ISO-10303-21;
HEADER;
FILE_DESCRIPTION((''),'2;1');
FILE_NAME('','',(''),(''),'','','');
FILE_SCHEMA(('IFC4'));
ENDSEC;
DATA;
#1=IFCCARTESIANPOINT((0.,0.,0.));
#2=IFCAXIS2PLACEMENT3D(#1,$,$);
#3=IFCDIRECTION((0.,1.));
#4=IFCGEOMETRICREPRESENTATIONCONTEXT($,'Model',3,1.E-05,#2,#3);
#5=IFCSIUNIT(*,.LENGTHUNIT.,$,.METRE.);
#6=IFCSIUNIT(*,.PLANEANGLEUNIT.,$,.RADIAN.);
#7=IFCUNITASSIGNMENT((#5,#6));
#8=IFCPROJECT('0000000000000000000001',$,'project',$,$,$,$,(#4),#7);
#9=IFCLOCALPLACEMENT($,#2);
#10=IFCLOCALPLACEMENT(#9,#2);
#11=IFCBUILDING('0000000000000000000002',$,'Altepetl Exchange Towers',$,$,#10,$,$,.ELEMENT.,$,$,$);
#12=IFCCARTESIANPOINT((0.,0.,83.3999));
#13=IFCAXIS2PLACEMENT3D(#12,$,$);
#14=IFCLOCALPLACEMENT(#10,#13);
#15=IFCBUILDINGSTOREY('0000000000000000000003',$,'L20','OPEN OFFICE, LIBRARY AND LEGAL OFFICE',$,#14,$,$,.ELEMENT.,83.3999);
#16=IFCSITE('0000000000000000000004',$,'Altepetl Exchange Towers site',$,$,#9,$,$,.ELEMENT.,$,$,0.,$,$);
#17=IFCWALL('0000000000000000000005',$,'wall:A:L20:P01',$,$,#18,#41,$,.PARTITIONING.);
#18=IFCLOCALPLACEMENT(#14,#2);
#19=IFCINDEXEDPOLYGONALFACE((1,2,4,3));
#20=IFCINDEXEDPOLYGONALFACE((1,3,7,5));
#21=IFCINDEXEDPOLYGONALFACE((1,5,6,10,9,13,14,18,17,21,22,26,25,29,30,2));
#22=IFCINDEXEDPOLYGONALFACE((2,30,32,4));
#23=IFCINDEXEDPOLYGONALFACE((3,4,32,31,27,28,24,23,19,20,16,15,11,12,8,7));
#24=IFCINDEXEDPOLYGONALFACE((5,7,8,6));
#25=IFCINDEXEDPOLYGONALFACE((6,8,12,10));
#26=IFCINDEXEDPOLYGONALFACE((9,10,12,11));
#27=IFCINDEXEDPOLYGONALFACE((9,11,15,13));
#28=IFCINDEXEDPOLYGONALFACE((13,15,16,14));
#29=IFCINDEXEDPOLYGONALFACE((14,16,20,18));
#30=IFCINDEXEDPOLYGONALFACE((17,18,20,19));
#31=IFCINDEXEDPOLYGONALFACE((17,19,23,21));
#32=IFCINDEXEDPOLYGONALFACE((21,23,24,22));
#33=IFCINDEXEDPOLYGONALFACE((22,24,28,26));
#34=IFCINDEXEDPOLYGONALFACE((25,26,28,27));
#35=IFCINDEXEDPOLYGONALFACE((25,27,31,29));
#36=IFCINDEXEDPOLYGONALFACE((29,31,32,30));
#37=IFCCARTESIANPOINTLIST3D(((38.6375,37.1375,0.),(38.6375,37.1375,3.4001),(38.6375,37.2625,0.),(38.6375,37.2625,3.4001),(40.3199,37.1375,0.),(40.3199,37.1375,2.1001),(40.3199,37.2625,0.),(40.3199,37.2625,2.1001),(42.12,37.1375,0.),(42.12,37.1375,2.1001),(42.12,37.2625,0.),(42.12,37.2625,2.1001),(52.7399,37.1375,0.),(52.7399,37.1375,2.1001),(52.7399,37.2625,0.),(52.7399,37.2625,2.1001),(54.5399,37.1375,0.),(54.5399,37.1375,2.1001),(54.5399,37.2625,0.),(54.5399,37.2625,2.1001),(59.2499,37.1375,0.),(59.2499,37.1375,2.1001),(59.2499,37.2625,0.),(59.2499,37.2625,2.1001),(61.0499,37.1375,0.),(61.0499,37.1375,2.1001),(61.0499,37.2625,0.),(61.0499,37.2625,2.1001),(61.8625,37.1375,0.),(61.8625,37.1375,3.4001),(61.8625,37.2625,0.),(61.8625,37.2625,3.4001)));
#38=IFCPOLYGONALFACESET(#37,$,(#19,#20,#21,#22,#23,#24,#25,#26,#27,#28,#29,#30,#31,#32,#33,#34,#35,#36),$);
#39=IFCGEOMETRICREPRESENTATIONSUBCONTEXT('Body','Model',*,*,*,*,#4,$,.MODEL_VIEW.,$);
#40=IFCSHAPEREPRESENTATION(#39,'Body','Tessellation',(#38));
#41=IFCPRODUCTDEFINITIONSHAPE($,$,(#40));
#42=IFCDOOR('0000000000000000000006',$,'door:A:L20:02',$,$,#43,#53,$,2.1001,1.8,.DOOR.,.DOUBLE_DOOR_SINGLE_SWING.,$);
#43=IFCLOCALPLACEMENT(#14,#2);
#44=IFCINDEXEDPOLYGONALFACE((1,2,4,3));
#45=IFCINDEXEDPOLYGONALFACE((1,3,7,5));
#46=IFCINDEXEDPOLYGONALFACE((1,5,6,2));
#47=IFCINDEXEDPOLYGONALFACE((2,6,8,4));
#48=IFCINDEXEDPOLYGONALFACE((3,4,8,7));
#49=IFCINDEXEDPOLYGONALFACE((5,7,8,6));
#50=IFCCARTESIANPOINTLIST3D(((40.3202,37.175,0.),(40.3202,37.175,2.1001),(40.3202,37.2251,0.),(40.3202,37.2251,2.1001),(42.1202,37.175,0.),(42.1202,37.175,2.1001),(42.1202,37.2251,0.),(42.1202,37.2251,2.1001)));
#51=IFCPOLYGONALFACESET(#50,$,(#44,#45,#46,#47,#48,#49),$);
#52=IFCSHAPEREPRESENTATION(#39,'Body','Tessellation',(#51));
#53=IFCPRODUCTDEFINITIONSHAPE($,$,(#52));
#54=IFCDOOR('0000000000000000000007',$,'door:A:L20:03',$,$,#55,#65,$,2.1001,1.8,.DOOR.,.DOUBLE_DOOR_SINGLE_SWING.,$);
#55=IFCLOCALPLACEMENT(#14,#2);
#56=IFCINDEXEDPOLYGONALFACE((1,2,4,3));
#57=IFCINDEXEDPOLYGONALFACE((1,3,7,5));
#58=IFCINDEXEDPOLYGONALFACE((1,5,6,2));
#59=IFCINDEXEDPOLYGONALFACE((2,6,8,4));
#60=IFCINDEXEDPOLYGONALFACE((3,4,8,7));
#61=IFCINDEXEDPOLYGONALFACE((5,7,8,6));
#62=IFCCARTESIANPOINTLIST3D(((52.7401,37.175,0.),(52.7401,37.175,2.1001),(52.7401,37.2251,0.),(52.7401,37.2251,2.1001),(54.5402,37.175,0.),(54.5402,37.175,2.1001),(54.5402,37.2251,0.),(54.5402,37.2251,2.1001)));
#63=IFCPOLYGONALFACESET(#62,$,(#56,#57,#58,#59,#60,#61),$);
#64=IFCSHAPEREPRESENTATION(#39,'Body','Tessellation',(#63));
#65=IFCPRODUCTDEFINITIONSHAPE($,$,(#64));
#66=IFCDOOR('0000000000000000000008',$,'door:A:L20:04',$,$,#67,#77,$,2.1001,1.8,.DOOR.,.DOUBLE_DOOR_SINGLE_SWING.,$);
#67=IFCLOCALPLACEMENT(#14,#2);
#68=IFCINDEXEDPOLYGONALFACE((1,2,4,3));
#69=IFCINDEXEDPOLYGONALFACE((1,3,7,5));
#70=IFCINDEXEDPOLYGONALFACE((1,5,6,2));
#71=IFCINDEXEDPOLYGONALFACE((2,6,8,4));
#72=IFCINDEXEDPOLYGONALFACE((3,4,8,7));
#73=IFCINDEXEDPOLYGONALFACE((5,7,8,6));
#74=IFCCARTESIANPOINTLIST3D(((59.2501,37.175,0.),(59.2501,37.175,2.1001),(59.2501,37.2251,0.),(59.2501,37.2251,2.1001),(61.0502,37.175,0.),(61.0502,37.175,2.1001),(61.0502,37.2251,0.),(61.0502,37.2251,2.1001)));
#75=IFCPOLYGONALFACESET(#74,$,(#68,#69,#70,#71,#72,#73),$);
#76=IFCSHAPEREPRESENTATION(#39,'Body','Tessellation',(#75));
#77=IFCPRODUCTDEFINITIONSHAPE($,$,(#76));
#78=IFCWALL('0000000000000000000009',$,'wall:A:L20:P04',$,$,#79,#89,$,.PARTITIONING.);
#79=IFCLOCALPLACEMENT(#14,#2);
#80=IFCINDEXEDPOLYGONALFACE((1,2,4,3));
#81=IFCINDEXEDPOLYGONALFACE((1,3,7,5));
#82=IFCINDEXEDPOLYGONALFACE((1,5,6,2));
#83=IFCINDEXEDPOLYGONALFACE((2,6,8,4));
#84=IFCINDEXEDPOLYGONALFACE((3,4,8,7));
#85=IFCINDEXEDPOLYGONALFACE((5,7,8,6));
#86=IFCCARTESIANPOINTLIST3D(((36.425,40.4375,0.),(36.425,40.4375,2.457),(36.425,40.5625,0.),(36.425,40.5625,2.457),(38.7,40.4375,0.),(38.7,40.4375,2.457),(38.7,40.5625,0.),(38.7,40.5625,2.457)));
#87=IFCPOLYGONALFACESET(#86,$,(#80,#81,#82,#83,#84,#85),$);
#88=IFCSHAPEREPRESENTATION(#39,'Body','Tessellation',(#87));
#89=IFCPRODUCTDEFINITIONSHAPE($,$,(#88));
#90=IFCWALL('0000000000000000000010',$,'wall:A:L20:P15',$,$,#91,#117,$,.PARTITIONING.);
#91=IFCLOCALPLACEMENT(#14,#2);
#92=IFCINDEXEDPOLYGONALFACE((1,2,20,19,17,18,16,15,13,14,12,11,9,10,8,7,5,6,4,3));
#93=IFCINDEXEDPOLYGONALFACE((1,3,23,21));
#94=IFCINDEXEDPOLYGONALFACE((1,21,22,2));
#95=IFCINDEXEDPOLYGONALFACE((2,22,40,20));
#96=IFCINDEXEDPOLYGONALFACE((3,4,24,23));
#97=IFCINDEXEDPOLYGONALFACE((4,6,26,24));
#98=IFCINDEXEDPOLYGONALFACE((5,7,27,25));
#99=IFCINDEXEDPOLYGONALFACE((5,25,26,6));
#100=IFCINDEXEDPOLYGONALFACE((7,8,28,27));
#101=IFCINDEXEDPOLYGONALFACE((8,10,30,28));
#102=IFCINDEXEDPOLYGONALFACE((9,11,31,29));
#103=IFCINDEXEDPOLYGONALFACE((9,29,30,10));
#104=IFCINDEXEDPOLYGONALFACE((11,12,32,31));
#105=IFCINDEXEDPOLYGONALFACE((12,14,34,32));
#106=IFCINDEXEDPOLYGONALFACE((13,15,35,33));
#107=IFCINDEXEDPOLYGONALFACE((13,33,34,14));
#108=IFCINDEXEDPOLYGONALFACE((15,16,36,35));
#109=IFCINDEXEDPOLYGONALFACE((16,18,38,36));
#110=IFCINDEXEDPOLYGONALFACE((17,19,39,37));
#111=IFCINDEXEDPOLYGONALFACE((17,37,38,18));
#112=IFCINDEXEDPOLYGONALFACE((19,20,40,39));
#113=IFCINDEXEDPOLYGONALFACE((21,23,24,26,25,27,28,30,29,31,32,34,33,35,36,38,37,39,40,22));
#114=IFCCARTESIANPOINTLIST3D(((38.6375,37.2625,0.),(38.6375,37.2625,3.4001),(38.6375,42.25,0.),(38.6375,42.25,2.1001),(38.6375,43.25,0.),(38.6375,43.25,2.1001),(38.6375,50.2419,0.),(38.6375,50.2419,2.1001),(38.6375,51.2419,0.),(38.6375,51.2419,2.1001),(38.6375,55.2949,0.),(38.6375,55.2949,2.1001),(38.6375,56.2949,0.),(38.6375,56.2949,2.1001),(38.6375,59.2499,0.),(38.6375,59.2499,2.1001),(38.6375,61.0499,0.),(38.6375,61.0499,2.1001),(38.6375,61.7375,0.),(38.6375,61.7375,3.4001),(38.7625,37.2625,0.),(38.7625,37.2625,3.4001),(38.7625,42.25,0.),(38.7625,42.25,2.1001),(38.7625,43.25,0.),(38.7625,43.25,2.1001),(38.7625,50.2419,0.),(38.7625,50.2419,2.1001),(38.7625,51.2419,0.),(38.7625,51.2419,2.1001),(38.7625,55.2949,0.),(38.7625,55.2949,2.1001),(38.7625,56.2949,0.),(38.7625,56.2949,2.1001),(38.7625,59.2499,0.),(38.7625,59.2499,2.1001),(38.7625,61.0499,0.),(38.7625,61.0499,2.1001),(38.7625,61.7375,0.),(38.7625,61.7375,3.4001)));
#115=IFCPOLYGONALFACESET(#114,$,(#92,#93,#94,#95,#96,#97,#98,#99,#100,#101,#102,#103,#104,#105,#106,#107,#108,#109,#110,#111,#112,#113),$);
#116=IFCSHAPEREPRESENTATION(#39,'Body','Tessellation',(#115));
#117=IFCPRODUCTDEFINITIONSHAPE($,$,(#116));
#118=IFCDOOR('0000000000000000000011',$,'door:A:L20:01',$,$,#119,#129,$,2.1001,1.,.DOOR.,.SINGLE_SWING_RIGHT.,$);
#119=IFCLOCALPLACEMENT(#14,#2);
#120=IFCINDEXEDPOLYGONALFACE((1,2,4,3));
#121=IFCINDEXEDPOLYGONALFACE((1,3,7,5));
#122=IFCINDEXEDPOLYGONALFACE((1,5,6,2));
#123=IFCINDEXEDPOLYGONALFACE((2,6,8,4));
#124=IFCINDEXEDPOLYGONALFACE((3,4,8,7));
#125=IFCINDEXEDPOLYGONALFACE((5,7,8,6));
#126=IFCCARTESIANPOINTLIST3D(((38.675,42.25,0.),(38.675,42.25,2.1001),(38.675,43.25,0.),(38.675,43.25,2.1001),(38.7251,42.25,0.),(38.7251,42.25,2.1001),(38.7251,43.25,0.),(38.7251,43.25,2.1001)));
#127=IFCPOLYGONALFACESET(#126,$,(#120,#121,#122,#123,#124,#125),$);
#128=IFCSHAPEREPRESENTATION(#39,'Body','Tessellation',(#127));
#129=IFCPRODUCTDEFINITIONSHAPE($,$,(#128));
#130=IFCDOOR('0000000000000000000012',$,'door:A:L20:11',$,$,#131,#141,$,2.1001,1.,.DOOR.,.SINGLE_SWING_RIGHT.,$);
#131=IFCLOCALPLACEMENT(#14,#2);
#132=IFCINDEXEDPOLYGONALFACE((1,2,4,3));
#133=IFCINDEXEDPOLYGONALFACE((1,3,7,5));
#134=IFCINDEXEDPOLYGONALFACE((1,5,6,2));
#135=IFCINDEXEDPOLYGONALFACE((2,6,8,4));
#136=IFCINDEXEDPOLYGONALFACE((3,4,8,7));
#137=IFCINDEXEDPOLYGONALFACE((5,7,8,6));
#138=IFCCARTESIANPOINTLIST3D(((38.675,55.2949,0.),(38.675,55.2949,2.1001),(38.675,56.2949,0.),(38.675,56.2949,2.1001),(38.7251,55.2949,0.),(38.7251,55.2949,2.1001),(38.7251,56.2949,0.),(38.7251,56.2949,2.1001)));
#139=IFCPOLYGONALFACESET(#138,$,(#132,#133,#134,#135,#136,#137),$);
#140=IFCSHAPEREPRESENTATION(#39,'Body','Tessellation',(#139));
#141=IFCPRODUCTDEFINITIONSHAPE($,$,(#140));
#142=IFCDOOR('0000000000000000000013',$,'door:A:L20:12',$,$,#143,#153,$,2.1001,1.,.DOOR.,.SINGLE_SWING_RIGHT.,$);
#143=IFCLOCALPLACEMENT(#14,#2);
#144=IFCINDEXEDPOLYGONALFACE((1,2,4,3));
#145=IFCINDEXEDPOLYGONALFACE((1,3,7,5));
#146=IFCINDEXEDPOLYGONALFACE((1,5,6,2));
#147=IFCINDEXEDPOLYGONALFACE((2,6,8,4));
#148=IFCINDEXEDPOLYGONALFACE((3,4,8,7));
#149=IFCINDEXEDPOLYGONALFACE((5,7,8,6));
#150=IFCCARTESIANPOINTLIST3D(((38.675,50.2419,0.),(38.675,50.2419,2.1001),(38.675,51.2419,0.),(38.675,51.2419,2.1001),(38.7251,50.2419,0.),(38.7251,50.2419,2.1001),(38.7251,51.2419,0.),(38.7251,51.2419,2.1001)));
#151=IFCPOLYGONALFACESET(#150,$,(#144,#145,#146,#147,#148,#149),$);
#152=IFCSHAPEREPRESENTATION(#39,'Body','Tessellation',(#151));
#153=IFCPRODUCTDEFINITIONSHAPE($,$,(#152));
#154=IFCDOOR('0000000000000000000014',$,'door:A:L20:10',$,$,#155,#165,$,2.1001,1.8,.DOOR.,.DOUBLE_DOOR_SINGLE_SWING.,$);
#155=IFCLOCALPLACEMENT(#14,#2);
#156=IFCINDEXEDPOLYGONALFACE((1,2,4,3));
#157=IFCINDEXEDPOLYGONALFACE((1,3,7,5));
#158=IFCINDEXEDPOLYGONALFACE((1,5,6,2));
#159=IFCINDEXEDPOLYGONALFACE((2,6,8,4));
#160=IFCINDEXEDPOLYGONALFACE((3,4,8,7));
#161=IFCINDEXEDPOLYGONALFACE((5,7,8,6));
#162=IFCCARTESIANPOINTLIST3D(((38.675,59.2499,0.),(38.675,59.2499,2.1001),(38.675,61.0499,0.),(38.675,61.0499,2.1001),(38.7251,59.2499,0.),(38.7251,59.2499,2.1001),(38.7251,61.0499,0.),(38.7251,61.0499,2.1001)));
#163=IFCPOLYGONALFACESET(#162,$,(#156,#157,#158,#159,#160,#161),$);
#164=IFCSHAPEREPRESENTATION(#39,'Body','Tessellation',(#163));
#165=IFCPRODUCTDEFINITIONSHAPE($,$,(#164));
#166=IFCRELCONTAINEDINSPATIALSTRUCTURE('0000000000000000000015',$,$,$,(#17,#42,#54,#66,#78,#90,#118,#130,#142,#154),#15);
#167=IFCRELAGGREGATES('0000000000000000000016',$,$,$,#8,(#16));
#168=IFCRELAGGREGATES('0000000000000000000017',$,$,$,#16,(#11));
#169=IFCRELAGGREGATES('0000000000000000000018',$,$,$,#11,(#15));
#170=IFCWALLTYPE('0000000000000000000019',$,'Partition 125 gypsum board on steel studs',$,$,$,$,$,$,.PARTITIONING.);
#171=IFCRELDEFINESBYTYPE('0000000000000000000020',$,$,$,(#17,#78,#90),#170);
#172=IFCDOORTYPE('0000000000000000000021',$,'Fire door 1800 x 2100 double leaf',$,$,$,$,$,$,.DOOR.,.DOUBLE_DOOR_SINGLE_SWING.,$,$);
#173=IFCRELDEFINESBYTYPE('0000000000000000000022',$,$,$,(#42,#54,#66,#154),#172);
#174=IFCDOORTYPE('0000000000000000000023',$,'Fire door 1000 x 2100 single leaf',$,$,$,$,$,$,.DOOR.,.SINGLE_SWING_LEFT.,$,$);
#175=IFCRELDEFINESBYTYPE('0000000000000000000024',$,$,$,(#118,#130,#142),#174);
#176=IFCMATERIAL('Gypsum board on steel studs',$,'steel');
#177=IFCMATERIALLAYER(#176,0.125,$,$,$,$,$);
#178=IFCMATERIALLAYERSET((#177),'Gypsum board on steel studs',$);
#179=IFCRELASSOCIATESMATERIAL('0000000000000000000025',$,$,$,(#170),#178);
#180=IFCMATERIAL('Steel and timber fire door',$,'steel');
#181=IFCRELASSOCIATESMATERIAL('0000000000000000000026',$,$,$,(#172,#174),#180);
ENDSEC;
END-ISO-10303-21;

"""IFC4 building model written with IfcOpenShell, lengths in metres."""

from ifc_helpers import new_model, si_unit, direction, frame, frame_2d, origin, place, context, subcontext, project, spatial, rectangle, extrude, material, layer, layer_set, type_object, element, fill, save


model = new_model("IFC4")

# Units and contexts
model_context = context("Model", 3, precision=1e-05, world=origin(), true_north=direction((0.0, 1.0)))
body_context = subcontext(model_context, "Body", "Model", "MODEL_VIEW")
ifc_project = project(units=[si_unit("LENGTHUNIT", "METRE"), si_unit("PLANEANGLEUNIT", "RADIAN")], contexts=[model_context])

# Site, building, storey
site_placement = place(None, origin())
site = spatial("IfcSite", under=ifc_project, at=site_placement, Name="Altepetl Exchange Towers site", CompositionType="ELEMENT", RefElevation=0.0)
building_placement = place(site_placement, origin())
building = spatial("IfcBuilding", under=site, at=building_placement, Name="Altepetl Exchange Towers", CompositionType="ELEMENT")
storey_placement = place(building_placement, frame((0.0, 0.0, 83.3999)))
storey = spatial("IfcBuildingStorey", under=building, at=storey_placement, Name="L20", Description="OPEN OFFICE, LIBRARY AND LEGAL OFFICE", CompositionType="ELEMENT", Elevation=83.3999)

# Wall, openings, doors
ifc_material_1 = material(Name="Steel and timber fire door", Category="steel")
ifc_material_2 = material(Name="Gypsum board on steel studs", Category="steel")
ifc_layer_1 = layer(ifc_material_2, 0.125)
ifc_layer_set_1 = layer_set([ifc_layer_1], Name="Gypsum board on steel studs")
wall_type_1 = type_object("IfcWallType", Name="Partition 125 gypsum board on steel studs", PredefinedType="PARTITIONING", material=ifc_layer_set_1)
wall_1_placement = place(storey_placement, frame((38.6375, 37.2, 0.0)))
wall_1 = element("IfcWall", 1, at=wall_1_placement, inside=storey, type_object=wall_type_1, Name="wall:A:L20:P01", PredefinedType="PARTITIONING", context=body_context, shape_type="SweptSolid", body=[
    extrude(rectangle(XDim=23.2251, YDim=0.125, at=frame_2d((11.6125, 0.0))), origin(), (0.0, 0.0, 1.0), 3.4001),
])
opening_1_placement = place(wall_1_placement, frame((1.6826, 0.0, 0.0)))
opening_1 = element("IfcOpeningElement", 2, at=opening_1_placement, cuts=wall_1, PredefinedType="OPENING", context=body_context, shape_type="SweptSolid", body=[
    extrude(rectangle(XDim=1.8, YDim=2.1001, at=frame_2d((0.8999, 1.05))), frame((0.0, 0.0725, 0.0), z_axis=(0.0, -1.0, 0.0), x_axis=(1.0, 0.0, 0.0)), (0.0, 0.0, 1.0), 0.145),
])
opening_2_placement = place(wall_1_placement, frame((14.1025, 0.0, 0.0)))
opening_2 = element("IfcOpeningElement", 3, at=opening_2_placement, cuts=wall_1, PredefinedType="OPENING", context=body_context, shape_type="SweptSolid", body=[
    extrude(rectangle(XDim=1.8, YDim=2.1001, at=frame_2d((0.8999, 1.05))), frame((0.0, 0.0725, 0.0), z_axis=(0.0, -1.0, 0.0), x_axis=(1.0, 0.0, 0.0)), (0.0, 0.0, 1.0), 0.145),
])
opening_3_placement = place(wall_1_placement, frame((20.6125, 0.0, 0.0)))
opening_3 = element("IfcOpeningElement", 4, at=opening_3_placement, cuts=wall_1, PredefinedType="OPENING", context=body_context, shape_type="SweptSolid", body=[
    extrude(rectangle(XDim=1.8, YDim=2.1001, at=frame_2d((0.8999, 1.05))), frame((0.0, 0.0725, 0.0), z_axis=(0.0, -1.0, 0.0), x_axis=(1.0, 0.0, 0.0)), (0.0, 0.0, 1.0), 0.145),
])
door_type_1 = type_object("IfcDoorType", Name="Fire door 1800 x 2100 double leaf", OperationType="DOUBLE_DOOR_SINGLE_SWING", PredefinedType="DOOR", material=ifc_material_1)
door_1_placement = place(opening_1_placement, frame((1.8, 0.0, 0.0), x_axis=(-1.0, 0.0, 0.0)))
door_1 = element("IfcDoor", 5, at=door_1_placement, inside=storey, type_object=door_type_1, Name="door:A:L20:02", OperationType="DOUBLE_DOOR_SINGLE_SWING", OverallHeight=2.1001, OverallWidth=1.8, PredefinedType="DOOR", context=body_context, shape_type="SweptSolid", body=[
    extrude(rectangle(XDim=1.8, YDim=2.1001, at=frame_2d((0.8999, 1.05))), frame((0.0, 0.0249, 0.0), z_axis=(0.0, -1.0, 0.0), x_axis=(1.0, 0.0, 0.0)), (0.0, 0.0, 1.0), 0.05),
])
fill(opening_1, door_1)
door_2_placement = place(opening_2_placement, frame((1.8, 0.0, 0.0), x_axis=(-1.0, 0.0, 0.0)))
door_2 = element("IfcDoor", 6, at=door_2_placement, inside=storey, type_object=door_type_1, Name="door:A:L20:03", OperationType="DOUBLE_DOOR_SINGLE_SWING", OverallHeight=2.1001, OverallWidth=1.8, PredefinedType="DOOR", context=body_context, shape_type="SweptSolid", body=[
    extrude(rectangle(XDim=1.8, YDim=2.1001, at=frame_2d((0.8999, 1.05))), frame((0.0, 0.0249, 0.0), z_axis=(0.0, -1.0, 0.0), x_axis=(1.0, 0.0, 0.0)), (0.0, 0.0, 1.0), 0.05),
])
fill(opening_2, door_2)
door_3_placement = place(opening_3_placement, frame((1.8, 0.0, 0.0), x_axis=(-1.0, 0.0, 0.0)))
door_3 = element("IfcDoor", 7, at=door_3_placement, inside=storey, type_object=door_type_1, Name="door:A:L20:04", OperationType="DOUBLE_DOOR_SINGLE_SWING", OverallHeight=2.1001, OverallWidth=1.8, PredefinedType="DOOR", context=body_context, shape_type="SweptSolid", body=[
    extrude(rectangle(XDim=1.8, YDim=2.1001, at=frame_2d((0.8999, 1.05))), frame((0.0, 0.0249, 0.0), z_axis=(0.0, -1.0, 0.0), x_axis=(1.0, 0.0, 0.0)), (0.0, 0.0, 1.0), 0.05),
])
fill(opening_3, door_3)

# Wall
wall_2_placement = place(storey_placement, frame((36.425, 40.5, 0.0)))
element("IfcWall", 8, at=wall_2_placement, inside=storey, type_object=wall_type_1, Name="wall:A:L20:P04", PredefinedType="PARTITIONING", context=body_context, shape_type="SweptSolid", body=[
    extrude(rectangle(XDim=2.2749, YDim=0.125, at=frame_2d((1.1375, 0.0))), origin(), (0.0, 0.0, 1.0), 2.457),
])

# Wall, openings, doors
wall_3_placement = place(storey_placement, frame((38.7, 37.2625, 0.0), z_axis=(0.0, 0.0, 1.0), x_axis=(0.0, 1.0, 0.0)))
wall_3 = element("IfcWall", 9, at=wall_3_placement, inside=storey, type_object=wall_type_1, Name="wall:A:L20:P15", PredefinedType="PARTITIONING", context=body_context, shape_type="SweptSolid", body=[
    extrude(rectangle(XDim=24.4751, YDim=0.125, at=frame_2d((12.2375, 0.0))), origin(), (0.0, 0.0, 1.0), 3.4001),
])
opening_4_placement = place(wall_3_placement, frame((4.9875, 0.0, 0.0)))
opening_4 = element("IfcOpeningElement", 10, at=opening_4_placement, cuts=wall_3, PredefinedType="OPENING", context=body_context, shape_type="SweptSolid", body=[
    extrude(rectangle(XDim=1.0, YDim=2.1001, at=frame_2d((0.5, 1.05))), frame((0.0, 0.0725, 0.0), z_axis=(0.0, -1.0, 0.0), x_axis=(1.0, 0.0, 0.0)), (0.0, 0.0, 1.0), 0.145),
])
opening_5_placement = place(wall_3_placement, frame((21.9875, 0.0, 0.0)))
opening_5 = element("IfcOpeningElement", 11, at=opening_5_placement, cuts=wall_3, PredefinedType="OPENING", context=body_context, shape_type="SweptSolid", body=[
    extrude(rectangle(XDim=1.8, YDim=2.1001, at=frame_2d((0.8999, 1.05))), frame((0.0, 0.0725, 0.0), z_axis=(0.0, -1.0, 0.0), x_axis=(1.0, 0.0, 0.0)), (0.0, 0.0, 1.0), 0.145),
])
opening_6_placement = place(wall_3_placement, frame((18.0325, 0.0, 0.0)))
opening_6 = element("IfcOpeningElement", 12, at=opening_6_placement, cuts=wall_3, PredefinedType="OPENING", context=body_context, shape_type="SweptSolid", body=[
    extrude(rectangle(XDim=1.0, YDim=2.1001, at=frame_2d((0.5, 1.05))), frame((0.0, 0.0725, 0.0), z_axis=(0.0, -1.0, 0.0), x_axis=(1.0, 0.0, 0.0)), (0.0, 0.0, 1.0), 0.145),
])
opening_7_placement = place(wall_3_placement, frame((12.9795, 0.0, 0.0)))
opening_7 = element("IfcOpeningElement", 13, at=opening_7_placement, cuts=wall_3, PredefinedType="OPENING", context=body_context, shape_type="SweptSolid", body=[
    extrude(rectangle(XDim=1.0, YDim=2.1001, at=frame_2d((0.5, 1.05))), frame((0.0, 0.0725, 0.0), z_axis=(0.0, -1.0, 0.0), x_axis=(1.0, 0.0, 0.0)), (0.0, 0.0, 1.0), 0.145),
])
door_type_2 = type_object("IfcDoorType", Name="Fire door 1000 x 2100 single leaf", OperationType="SINGLE_SWING_LEFT", PredefinedType="DOOR", material=ifc_material_1)
door_4_placement = place(opening_4_placement, origin())
door_4 = element("IfcDoor", 14, at=door_4_placement, inside=storey, type_object=door_type_2, Name="door:A:L20:01", OperationType="SINGLE_SWING_RIGHT", OverallHeight=2.1001, OverallWidth=1.0, PredefinedType="DOOR", context=body_context, shape_type="SweptSolid", body=[
    extrude(rectangle(XDim=1.0, YDim=2.1001, at=frame_2d((0.5, 1.05))), frame((0.0, 0.0249, 0.0), z_axis=(0.0, -1.0, 0.0), x_axis=(1.0, 0.0, 0.0)), (0.0, 0.0, 1.0), 0.05),
])
fill(opening_4, door_4)
door_5_placement = place(opening_6_placement, origin())
door_5 = element("IfcDoor", 15, at=door_5_placement, inside=storey, type_object=door_type_2, Name="door:A:L20:11", OperationType="SINGLE_SWING_RIGHT", OverallHeight=2.1001, OverallWidth=1.0, PredefinedType="DOOR", context=body_context, shape_type="SweptSolid", body=[
    extrude(rectangle(XDim=1.0, YDim=2.1001, at=frame_2d((0.5, 1.05))), frame((0.0, 0.0249, 0.0), z_axis=(0.0, -1.0, 0.0), x_axis=(1.0, 0.0, 0.0)), (0.0, 0.0, 1.0), 0.05),
])
fill(opening_6, door_5)
door_6_placement = place(opening_7_placement, origin())
door_6 = element("IfcDoor", 16, at=door_6_placement, inside=storey, type_object=door_type_2, Name="door:A:L20:12", OperationType="SINGLE_SWING_RIGHT", OverallHeight=2.1001, OverallWidth=1.0, PredefinedType="DOOR", context=body_context, shape_type="SweptSolid", body=[
    extrude(rectangle(XDim=1.0, YDim=2.1001, at=frame_2d((0.5, 1.05))), frame((0.0, 0.0249, 0.0), z_axis=(0.0, -1.0, 0.0), x_axis=(1.0, 0.0, 0.0)), (0.0, 0.0, 1.0), 0.05),
])
fill(opening_7, door_6)
door_7_placement = place(opening_5_placement, origin())
door_7 = element("IfcDoor", 17, at=door_7_placement, inside=storey, type_object=door_type_1, Name="door:A:L20:10", OperationType="DOUBLE_DOOR_SINGLE_SWING", OverallHeight=2.1001, OverallWidth=1.8, PredefinedType="DOOR", context=body_context, shape_type="SweptSolid", body=[
    extrude(rectangle(XDim=1.8, YDim=2.1001, at=frame_2d((0.8999, 1.05))), frame((0.0, 0.0249, 0.0), z_axis=(0.0, -1.0, 0.0), x_axis=(1.0, 0.0, 0.0)), (0.0, 0.0, 1.0), 0.05),
])
fill(opening_5, door_7)

save(model, "model.ifc")
